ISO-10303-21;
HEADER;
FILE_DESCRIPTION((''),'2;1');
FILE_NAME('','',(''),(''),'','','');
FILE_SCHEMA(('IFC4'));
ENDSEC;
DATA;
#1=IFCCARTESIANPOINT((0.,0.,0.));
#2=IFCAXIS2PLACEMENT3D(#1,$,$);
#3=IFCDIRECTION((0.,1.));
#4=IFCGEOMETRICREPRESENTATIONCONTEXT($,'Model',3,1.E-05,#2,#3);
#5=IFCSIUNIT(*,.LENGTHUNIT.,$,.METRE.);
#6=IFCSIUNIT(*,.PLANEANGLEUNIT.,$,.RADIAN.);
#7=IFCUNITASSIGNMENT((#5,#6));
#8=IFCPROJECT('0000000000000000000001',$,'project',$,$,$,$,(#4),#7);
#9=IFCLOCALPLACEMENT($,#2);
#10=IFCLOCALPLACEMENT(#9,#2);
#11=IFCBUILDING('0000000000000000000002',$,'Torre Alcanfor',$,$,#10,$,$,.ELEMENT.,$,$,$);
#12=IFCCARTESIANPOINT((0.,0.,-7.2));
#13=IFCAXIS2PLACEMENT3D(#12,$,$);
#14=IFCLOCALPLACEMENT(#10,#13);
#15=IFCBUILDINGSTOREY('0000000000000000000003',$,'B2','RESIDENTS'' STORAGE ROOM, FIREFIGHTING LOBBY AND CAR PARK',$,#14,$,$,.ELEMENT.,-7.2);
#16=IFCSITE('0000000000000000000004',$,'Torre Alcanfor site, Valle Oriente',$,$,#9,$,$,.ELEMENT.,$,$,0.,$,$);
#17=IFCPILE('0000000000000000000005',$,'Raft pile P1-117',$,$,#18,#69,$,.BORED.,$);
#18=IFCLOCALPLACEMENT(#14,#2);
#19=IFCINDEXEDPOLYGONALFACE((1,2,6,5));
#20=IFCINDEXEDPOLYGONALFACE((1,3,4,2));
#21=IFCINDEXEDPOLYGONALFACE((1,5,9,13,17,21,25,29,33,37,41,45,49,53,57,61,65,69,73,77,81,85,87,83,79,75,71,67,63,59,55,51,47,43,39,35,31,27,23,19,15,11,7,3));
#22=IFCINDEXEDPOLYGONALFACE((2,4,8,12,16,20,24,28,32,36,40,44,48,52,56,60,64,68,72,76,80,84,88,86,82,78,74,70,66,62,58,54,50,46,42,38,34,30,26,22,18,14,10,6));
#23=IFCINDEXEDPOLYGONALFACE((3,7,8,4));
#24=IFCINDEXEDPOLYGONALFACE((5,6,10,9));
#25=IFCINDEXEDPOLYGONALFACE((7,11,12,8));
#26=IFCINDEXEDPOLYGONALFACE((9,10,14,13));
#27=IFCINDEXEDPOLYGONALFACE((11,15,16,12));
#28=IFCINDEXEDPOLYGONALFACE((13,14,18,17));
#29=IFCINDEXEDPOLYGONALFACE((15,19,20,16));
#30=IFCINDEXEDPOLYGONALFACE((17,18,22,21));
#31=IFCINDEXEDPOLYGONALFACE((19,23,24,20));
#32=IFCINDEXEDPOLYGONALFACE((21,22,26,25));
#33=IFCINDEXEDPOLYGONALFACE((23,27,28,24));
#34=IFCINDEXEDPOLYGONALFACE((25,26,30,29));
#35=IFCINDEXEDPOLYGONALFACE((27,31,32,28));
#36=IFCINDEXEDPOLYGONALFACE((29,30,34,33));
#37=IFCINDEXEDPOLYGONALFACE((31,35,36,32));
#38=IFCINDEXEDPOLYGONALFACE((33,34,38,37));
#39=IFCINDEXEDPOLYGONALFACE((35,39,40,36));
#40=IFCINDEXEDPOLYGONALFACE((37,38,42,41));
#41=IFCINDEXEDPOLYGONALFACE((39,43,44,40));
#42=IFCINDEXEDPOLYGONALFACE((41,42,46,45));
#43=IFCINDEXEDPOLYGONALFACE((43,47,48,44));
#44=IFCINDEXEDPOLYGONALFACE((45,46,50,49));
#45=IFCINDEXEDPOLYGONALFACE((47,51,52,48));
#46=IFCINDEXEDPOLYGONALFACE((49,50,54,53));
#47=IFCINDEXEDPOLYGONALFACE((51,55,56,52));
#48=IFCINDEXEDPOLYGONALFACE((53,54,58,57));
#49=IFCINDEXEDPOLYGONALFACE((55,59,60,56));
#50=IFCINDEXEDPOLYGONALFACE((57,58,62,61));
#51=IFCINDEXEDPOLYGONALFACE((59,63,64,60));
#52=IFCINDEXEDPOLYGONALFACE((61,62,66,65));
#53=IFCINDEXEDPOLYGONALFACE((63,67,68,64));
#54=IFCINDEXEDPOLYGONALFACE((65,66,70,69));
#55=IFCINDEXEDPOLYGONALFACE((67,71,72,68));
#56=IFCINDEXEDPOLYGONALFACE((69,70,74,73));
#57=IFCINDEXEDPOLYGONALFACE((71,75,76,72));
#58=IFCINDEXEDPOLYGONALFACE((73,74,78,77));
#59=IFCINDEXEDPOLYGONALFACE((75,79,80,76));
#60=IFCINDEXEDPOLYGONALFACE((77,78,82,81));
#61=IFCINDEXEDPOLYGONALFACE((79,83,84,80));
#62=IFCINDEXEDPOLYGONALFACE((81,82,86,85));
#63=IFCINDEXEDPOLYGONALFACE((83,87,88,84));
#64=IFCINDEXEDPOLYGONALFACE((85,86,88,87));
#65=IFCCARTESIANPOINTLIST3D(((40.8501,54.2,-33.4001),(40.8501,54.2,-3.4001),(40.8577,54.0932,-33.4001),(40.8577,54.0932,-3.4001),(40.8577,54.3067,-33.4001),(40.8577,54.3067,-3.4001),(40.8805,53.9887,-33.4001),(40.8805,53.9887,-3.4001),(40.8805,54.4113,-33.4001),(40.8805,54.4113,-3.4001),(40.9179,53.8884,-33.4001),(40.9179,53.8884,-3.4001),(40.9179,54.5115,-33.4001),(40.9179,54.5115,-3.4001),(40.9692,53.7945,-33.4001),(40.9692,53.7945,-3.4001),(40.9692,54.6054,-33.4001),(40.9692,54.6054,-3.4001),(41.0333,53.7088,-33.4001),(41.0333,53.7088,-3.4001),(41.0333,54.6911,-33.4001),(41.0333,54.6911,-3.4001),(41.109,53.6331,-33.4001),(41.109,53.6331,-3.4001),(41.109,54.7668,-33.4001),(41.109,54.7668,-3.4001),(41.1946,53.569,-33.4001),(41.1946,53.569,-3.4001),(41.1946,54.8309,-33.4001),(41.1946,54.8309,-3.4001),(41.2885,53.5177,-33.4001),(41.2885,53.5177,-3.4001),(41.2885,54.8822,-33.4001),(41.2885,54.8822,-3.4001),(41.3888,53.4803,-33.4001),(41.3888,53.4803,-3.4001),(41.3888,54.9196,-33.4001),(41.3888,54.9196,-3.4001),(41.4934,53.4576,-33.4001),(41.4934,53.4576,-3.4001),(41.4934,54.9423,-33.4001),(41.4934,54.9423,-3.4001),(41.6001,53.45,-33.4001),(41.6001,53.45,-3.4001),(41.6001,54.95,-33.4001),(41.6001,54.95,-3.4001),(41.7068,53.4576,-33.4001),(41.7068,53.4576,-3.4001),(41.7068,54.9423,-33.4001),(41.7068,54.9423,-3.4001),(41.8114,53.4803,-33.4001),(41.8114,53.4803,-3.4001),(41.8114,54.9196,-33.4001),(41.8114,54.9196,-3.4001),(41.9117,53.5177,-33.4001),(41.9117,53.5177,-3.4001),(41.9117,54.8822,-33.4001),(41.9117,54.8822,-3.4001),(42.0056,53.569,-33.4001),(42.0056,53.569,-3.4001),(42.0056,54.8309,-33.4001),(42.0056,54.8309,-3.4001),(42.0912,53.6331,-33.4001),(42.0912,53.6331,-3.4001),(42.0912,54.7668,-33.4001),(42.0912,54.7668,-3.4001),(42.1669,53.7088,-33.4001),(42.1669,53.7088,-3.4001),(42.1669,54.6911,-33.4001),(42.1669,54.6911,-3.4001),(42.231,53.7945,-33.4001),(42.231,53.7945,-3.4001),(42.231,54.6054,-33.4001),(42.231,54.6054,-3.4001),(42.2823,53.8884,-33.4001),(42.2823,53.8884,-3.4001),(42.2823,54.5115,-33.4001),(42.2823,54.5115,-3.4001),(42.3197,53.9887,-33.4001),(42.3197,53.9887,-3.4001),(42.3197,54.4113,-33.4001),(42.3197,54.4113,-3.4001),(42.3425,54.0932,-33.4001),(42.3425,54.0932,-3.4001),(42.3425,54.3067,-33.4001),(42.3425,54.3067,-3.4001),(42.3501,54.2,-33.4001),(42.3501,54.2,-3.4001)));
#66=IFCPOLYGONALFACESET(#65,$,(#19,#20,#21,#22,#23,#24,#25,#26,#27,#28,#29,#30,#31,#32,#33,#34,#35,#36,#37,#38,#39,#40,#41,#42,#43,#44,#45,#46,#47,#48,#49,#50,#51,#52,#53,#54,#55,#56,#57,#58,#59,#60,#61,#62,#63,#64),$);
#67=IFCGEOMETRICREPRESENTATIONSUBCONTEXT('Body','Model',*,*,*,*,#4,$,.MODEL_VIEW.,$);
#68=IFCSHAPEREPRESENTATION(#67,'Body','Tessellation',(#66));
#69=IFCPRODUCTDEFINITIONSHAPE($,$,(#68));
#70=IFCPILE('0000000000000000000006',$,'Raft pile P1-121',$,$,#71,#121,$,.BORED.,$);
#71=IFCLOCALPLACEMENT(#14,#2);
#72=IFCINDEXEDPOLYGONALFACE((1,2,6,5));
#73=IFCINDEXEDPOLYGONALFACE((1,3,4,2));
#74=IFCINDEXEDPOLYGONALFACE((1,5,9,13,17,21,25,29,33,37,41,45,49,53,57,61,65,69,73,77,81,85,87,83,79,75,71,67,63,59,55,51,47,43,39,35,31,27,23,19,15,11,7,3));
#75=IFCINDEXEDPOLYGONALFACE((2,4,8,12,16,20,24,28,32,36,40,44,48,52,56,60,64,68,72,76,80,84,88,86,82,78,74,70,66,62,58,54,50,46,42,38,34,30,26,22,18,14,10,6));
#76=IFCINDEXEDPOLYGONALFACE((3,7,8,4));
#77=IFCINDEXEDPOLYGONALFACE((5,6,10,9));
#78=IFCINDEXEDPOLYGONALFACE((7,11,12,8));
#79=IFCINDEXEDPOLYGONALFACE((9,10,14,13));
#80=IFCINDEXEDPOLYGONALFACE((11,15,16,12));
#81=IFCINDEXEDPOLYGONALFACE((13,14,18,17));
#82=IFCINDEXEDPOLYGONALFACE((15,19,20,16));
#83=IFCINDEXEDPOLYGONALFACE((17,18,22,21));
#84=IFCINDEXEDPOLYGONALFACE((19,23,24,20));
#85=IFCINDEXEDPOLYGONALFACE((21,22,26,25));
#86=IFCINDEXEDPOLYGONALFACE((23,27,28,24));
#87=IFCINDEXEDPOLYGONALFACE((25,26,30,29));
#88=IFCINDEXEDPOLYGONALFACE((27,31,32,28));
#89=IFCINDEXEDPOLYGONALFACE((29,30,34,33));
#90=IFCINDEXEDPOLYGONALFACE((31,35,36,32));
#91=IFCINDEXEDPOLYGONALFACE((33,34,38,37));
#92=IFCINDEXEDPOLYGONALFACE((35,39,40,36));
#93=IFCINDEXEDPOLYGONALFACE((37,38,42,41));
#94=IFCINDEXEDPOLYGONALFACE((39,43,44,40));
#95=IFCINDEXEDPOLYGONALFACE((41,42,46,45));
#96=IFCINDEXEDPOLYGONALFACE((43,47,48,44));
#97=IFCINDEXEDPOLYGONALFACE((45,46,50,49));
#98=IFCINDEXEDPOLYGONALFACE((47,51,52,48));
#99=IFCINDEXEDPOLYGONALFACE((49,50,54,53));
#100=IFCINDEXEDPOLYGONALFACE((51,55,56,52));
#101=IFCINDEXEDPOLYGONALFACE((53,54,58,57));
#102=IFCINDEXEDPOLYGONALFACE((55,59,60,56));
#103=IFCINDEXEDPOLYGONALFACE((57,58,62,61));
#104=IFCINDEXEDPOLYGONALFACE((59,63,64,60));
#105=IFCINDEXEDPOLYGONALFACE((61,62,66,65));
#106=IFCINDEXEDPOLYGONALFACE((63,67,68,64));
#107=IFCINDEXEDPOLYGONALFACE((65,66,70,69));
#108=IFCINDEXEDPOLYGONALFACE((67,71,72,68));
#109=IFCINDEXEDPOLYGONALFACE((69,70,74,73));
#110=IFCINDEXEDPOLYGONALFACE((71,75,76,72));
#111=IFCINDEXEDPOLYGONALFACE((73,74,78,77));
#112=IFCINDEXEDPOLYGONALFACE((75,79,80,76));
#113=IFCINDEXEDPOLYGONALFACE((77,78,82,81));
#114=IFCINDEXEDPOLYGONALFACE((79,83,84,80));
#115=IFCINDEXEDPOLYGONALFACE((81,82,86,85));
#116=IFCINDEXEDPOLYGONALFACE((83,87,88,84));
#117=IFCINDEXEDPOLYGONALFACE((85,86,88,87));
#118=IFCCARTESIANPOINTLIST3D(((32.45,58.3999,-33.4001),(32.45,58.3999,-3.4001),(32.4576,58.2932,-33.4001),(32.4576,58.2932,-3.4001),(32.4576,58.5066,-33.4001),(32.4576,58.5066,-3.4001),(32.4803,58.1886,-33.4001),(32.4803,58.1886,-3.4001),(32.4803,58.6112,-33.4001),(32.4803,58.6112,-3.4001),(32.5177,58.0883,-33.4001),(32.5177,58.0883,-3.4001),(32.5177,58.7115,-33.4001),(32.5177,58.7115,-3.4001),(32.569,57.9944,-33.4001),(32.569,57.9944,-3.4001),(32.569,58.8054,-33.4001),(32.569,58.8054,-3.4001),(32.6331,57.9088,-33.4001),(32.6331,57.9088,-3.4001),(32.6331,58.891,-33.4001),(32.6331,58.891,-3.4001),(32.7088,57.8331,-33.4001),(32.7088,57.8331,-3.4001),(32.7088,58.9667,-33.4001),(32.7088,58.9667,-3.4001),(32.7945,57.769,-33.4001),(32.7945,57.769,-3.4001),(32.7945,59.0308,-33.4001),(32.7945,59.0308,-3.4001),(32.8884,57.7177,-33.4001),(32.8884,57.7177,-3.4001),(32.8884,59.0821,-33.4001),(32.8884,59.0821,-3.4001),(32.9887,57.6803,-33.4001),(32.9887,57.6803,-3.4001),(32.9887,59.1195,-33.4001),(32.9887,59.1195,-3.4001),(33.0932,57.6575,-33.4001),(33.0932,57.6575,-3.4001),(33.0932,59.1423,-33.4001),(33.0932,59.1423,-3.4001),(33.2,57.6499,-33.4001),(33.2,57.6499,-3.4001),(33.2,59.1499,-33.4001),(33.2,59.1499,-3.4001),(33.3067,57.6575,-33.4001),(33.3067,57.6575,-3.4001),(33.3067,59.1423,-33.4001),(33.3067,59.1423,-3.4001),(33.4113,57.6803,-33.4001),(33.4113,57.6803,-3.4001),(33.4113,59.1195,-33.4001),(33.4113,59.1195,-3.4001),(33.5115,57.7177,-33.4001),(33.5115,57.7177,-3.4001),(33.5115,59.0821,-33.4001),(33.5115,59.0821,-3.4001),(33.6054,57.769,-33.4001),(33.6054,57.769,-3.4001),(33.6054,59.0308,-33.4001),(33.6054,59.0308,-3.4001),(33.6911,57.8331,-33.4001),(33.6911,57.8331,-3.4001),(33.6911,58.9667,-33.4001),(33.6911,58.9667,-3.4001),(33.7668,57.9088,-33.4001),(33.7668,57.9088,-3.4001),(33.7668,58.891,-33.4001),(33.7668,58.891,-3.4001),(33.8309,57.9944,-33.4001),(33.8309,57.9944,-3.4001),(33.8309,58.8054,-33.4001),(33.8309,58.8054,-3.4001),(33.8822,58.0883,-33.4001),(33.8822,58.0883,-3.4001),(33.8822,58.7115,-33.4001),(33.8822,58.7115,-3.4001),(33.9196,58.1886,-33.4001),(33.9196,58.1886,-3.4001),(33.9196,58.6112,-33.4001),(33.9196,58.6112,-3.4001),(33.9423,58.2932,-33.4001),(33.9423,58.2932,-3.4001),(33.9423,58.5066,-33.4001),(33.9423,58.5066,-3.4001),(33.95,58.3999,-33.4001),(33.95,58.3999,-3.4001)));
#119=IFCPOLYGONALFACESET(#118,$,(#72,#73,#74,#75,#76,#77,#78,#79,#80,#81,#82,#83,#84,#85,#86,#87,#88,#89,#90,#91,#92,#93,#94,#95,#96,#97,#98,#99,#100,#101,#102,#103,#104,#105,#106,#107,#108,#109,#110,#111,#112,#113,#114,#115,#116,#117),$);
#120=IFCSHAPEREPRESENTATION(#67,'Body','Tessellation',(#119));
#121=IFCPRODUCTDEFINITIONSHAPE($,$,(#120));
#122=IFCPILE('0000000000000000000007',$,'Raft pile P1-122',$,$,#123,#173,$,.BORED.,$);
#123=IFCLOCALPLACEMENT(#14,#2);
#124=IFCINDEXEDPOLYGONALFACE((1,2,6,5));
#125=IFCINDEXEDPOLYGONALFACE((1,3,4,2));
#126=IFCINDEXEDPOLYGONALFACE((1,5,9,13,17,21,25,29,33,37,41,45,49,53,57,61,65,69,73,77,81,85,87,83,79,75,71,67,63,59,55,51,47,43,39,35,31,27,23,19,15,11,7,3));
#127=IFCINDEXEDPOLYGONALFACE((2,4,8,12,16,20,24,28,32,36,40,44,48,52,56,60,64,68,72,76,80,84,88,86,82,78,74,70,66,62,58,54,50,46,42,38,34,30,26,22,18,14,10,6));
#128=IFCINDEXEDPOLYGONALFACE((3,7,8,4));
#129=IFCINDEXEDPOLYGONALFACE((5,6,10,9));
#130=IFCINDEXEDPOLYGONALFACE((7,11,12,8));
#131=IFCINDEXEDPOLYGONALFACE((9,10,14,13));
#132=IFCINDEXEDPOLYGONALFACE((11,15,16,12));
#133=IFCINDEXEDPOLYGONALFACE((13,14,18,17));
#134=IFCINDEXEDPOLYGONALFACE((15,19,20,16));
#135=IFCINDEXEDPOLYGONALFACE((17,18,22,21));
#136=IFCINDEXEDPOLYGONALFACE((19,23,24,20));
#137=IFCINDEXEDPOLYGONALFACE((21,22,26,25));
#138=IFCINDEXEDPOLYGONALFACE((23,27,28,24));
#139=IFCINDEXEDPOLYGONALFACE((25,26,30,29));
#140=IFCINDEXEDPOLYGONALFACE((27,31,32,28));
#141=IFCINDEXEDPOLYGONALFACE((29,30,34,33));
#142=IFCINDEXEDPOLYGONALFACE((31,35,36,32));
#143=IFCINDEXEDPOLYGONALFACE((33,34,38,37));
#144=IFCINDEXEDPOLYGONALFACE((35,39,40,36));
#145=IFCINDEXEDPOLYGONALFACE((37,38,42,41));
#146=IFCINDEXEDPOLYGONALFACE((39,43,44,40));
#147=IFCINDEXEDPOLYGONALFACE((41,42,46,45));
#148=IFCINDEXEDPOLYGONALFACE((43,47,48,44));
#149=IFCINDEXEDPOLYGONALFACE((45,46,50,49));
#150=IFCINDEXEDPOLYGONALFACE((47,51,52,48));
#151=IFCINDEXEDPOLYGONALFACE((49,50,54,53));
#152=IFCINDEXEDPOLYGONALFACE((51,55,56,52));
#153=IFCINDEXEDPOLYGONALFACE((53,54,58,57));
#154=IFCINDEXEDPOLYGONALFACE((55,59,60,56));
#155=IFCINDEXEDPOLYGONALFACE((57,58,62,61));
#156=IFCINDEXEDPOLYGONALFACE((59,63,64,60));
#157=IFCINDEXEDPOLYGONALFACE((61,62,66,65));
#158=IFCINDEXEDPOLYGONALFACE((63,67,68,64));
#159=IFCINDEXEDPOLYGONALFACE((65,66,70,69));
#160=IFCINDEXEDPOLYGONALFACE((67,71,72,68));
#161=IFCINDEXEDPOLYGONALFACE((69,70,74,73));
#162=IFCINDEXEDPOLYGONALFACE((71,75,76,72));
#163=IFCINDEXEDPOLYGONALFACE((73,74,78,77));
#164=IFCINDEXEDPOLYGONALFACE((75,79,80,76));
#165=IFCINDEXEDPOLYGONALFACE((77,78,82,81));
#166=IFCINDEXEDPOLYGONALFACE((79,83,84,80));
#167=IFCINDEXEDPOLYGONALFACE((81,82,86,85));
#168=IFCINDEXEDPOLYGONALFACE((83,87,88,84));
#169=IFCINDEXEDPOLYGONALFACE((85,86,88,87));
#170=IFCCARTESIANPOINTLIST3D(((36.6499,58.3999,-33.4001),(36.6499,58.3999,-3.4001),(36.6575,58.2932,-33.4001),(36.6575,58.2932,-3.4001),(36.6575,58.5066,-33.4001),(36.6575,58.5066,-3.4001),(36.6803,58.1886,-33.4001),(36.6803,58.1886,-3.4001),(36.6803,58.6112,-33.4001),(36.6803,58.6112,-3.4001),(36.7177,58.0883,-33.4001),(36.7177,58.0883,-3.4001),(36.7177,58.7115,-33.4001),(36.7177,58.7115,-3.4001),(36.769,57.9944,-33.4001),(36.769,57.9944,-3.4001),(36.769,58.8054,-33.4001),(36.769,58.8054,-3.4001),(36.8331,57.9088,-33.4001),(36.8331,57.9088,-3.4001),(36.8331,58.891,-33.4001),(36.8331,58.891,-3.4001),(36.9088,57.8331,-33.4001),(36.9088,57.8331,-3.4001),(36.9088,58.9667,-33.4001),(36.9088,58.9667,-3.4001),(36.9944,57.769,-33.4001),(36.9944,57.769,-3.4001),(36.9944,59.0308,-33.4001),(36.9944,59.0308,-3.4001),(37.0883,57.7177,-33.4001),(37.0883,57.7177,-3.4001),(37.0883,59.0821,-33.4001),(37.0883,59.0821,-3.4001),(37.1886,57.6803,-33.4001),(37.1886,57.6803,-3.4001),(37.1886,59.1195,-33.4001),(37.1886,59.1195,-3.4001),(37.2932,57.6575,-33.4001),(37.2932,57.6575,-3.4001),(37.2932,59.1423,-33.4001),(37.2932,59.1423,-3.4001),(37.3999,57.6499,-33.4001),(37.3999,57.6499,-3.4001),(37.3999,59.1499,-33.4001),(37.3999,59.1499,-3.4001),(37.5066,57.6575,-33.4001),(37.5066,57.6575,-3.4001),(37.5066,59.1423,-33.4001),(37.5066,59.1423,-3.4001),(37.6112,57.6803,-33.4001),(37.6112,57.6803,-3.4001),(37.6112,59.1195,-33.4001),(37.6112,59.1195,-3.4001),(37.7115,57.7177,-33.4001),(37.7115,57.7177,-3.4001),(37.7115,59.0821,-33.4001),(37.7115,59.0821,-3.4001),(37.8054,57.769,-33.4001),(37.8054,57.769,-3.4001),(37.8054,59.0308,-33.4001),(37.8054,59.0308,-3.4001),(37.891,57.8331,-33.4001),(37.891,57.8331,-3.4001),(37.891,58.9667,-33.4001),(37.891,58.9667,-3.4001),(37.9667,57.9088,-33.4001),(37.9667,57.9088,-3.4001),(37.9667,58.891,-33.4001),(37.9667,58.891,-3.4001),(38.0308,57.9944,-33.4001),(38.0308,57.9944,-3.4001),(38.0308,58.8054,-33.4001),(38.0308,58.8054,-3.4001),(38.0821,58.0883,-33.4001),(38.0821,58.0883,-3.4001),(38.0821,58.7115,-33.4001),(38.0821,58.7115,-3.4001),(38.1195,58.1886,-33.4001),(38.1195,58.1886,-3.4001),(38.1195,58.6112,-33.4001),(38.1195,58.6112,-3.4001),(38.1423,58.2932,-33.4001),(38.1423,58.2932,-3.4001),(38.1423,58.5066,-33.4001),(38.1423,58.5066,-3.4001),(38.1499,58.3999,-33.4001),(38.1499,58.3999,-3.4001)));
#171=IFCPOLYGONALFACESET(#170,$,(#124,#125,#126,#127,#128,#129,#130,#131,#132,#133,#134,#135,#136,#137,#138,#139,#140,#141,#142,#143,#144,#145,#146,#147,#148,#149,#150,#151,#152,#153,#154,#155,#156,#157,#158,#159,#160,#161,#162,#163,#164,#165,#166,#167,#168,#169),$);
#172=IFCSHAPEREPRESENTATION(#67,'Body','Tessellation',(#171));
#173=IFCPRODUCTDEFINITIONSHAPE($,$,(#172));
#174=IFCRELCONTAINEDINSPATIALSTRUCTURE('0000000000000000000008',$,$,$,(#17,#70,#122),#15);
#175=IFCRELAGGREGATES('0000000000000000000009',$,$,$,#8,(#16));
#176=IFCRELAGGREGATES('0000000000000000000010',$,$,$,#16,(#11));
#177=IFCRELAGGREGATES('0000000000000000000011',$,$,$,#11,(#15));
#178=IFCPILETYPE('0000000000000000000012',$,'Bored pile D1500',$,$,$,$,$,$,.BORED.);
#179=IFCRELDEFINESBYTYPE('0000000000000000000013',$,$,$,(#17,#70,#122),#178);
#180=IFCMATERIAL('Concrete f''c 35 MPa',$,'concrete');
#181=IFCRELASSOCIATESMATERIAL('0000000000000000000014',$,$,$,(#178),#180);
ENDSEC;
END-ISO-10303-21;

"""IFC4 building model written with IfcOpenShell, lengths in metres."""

from ifc_helpers import new_model, si_unit, direction, frame, origin, origin_2d, place, context, subcontext, project, spatial, circle, extrude, material, material_profile, profile_set, type_object, element, save


model = new_model("IFC4")

# Units and contexts
model_context = context("Model", 3, precision=1e-05, world=origin(), true_north=direction((0.0, 1.0)))
body_context = subcontext(model_context, "Body", "Model", "MODEL_VIEW")
ifc_project = project(units=[si_unit("LENGTHUNIT", "METRE"), si_unit("PLANEANGLEUNIT", "RADIAN")], contexts=[model_context])

# Site, building, storey
site_placement = place(None, origin())
site = spatial("IfcSite", under=ifc_project, at=site_placement, Name="Torre Alcanfor site, Valle Oriente", CompositionType="ELEMENT", RefElevation=0.0)
building_placement = place(site_placement, origin())
building = spatial("IfcBuilding", under=site, at=building_placement, Name="Torre Alcanfor", CompositionType="ELEMENT")
storey_placement = place(building_placement, frame((0.0, 0.0, -7.2)))
storey = spatial("IfcBuildingStorey", under=building, at=storey_placement, Name="B2", Description="RESIDENTS' STORAGE ROOM, FIREFIGHTING LOBBY AND CAR PARK", CompositionType="ELEMENT", Elevation=-7.2)

# Piles
ifc_material_1 = material(Name="Concrete f'c 35 MPa", Category="concrete")
ifc_material_profile_1 = material_profile(ifc_material_1, circle(Radius=0.75, at=origin_2d()), Name="D1500")
ifc_profile_set_1 = profile_set([ifc_material_profile_1], Name="Concrete f'c 35 MPa")
pile_type = type_object("IfcPileType", Name="Bored pile D1500", PredefinedType="BORED", material=ifc_profile_set_1)
for number, where, z_axis, x_axis, name in (
    (1, (41.6001, 54.2, -3.4001), (0.0, 0.0, -1.0), (1.0, 0.0, 0.0), "Raft pile P1-117"),
    (2, (33.2, 58.3999, -3.4001), (0.0, 0.0, -1.0), (1.0, 0.0, 0.0), "Raft pile P1-121"),
    (3, (37.3999, 58.3999, -3.4001), (0.0, 0.0, -1.0), (1.0, 0.0, 0.0), "Raft pile P1-122"),
):
    element("IfcPile", number, at=place(storey_placement, frame(where, z_axis=z_axis, x_axis=x_axis)), inside=storey, type_object=pile_type, Name=name, PredefinedType="BORED", context=body_context, shape_type="SweptSolid", body=[
        extrude(circle(Radius=0.75, at=origin_2d()), origin(), (0.0, 0.0, 1.0), 30.0),
    ])

save(model, "model.ifc")
